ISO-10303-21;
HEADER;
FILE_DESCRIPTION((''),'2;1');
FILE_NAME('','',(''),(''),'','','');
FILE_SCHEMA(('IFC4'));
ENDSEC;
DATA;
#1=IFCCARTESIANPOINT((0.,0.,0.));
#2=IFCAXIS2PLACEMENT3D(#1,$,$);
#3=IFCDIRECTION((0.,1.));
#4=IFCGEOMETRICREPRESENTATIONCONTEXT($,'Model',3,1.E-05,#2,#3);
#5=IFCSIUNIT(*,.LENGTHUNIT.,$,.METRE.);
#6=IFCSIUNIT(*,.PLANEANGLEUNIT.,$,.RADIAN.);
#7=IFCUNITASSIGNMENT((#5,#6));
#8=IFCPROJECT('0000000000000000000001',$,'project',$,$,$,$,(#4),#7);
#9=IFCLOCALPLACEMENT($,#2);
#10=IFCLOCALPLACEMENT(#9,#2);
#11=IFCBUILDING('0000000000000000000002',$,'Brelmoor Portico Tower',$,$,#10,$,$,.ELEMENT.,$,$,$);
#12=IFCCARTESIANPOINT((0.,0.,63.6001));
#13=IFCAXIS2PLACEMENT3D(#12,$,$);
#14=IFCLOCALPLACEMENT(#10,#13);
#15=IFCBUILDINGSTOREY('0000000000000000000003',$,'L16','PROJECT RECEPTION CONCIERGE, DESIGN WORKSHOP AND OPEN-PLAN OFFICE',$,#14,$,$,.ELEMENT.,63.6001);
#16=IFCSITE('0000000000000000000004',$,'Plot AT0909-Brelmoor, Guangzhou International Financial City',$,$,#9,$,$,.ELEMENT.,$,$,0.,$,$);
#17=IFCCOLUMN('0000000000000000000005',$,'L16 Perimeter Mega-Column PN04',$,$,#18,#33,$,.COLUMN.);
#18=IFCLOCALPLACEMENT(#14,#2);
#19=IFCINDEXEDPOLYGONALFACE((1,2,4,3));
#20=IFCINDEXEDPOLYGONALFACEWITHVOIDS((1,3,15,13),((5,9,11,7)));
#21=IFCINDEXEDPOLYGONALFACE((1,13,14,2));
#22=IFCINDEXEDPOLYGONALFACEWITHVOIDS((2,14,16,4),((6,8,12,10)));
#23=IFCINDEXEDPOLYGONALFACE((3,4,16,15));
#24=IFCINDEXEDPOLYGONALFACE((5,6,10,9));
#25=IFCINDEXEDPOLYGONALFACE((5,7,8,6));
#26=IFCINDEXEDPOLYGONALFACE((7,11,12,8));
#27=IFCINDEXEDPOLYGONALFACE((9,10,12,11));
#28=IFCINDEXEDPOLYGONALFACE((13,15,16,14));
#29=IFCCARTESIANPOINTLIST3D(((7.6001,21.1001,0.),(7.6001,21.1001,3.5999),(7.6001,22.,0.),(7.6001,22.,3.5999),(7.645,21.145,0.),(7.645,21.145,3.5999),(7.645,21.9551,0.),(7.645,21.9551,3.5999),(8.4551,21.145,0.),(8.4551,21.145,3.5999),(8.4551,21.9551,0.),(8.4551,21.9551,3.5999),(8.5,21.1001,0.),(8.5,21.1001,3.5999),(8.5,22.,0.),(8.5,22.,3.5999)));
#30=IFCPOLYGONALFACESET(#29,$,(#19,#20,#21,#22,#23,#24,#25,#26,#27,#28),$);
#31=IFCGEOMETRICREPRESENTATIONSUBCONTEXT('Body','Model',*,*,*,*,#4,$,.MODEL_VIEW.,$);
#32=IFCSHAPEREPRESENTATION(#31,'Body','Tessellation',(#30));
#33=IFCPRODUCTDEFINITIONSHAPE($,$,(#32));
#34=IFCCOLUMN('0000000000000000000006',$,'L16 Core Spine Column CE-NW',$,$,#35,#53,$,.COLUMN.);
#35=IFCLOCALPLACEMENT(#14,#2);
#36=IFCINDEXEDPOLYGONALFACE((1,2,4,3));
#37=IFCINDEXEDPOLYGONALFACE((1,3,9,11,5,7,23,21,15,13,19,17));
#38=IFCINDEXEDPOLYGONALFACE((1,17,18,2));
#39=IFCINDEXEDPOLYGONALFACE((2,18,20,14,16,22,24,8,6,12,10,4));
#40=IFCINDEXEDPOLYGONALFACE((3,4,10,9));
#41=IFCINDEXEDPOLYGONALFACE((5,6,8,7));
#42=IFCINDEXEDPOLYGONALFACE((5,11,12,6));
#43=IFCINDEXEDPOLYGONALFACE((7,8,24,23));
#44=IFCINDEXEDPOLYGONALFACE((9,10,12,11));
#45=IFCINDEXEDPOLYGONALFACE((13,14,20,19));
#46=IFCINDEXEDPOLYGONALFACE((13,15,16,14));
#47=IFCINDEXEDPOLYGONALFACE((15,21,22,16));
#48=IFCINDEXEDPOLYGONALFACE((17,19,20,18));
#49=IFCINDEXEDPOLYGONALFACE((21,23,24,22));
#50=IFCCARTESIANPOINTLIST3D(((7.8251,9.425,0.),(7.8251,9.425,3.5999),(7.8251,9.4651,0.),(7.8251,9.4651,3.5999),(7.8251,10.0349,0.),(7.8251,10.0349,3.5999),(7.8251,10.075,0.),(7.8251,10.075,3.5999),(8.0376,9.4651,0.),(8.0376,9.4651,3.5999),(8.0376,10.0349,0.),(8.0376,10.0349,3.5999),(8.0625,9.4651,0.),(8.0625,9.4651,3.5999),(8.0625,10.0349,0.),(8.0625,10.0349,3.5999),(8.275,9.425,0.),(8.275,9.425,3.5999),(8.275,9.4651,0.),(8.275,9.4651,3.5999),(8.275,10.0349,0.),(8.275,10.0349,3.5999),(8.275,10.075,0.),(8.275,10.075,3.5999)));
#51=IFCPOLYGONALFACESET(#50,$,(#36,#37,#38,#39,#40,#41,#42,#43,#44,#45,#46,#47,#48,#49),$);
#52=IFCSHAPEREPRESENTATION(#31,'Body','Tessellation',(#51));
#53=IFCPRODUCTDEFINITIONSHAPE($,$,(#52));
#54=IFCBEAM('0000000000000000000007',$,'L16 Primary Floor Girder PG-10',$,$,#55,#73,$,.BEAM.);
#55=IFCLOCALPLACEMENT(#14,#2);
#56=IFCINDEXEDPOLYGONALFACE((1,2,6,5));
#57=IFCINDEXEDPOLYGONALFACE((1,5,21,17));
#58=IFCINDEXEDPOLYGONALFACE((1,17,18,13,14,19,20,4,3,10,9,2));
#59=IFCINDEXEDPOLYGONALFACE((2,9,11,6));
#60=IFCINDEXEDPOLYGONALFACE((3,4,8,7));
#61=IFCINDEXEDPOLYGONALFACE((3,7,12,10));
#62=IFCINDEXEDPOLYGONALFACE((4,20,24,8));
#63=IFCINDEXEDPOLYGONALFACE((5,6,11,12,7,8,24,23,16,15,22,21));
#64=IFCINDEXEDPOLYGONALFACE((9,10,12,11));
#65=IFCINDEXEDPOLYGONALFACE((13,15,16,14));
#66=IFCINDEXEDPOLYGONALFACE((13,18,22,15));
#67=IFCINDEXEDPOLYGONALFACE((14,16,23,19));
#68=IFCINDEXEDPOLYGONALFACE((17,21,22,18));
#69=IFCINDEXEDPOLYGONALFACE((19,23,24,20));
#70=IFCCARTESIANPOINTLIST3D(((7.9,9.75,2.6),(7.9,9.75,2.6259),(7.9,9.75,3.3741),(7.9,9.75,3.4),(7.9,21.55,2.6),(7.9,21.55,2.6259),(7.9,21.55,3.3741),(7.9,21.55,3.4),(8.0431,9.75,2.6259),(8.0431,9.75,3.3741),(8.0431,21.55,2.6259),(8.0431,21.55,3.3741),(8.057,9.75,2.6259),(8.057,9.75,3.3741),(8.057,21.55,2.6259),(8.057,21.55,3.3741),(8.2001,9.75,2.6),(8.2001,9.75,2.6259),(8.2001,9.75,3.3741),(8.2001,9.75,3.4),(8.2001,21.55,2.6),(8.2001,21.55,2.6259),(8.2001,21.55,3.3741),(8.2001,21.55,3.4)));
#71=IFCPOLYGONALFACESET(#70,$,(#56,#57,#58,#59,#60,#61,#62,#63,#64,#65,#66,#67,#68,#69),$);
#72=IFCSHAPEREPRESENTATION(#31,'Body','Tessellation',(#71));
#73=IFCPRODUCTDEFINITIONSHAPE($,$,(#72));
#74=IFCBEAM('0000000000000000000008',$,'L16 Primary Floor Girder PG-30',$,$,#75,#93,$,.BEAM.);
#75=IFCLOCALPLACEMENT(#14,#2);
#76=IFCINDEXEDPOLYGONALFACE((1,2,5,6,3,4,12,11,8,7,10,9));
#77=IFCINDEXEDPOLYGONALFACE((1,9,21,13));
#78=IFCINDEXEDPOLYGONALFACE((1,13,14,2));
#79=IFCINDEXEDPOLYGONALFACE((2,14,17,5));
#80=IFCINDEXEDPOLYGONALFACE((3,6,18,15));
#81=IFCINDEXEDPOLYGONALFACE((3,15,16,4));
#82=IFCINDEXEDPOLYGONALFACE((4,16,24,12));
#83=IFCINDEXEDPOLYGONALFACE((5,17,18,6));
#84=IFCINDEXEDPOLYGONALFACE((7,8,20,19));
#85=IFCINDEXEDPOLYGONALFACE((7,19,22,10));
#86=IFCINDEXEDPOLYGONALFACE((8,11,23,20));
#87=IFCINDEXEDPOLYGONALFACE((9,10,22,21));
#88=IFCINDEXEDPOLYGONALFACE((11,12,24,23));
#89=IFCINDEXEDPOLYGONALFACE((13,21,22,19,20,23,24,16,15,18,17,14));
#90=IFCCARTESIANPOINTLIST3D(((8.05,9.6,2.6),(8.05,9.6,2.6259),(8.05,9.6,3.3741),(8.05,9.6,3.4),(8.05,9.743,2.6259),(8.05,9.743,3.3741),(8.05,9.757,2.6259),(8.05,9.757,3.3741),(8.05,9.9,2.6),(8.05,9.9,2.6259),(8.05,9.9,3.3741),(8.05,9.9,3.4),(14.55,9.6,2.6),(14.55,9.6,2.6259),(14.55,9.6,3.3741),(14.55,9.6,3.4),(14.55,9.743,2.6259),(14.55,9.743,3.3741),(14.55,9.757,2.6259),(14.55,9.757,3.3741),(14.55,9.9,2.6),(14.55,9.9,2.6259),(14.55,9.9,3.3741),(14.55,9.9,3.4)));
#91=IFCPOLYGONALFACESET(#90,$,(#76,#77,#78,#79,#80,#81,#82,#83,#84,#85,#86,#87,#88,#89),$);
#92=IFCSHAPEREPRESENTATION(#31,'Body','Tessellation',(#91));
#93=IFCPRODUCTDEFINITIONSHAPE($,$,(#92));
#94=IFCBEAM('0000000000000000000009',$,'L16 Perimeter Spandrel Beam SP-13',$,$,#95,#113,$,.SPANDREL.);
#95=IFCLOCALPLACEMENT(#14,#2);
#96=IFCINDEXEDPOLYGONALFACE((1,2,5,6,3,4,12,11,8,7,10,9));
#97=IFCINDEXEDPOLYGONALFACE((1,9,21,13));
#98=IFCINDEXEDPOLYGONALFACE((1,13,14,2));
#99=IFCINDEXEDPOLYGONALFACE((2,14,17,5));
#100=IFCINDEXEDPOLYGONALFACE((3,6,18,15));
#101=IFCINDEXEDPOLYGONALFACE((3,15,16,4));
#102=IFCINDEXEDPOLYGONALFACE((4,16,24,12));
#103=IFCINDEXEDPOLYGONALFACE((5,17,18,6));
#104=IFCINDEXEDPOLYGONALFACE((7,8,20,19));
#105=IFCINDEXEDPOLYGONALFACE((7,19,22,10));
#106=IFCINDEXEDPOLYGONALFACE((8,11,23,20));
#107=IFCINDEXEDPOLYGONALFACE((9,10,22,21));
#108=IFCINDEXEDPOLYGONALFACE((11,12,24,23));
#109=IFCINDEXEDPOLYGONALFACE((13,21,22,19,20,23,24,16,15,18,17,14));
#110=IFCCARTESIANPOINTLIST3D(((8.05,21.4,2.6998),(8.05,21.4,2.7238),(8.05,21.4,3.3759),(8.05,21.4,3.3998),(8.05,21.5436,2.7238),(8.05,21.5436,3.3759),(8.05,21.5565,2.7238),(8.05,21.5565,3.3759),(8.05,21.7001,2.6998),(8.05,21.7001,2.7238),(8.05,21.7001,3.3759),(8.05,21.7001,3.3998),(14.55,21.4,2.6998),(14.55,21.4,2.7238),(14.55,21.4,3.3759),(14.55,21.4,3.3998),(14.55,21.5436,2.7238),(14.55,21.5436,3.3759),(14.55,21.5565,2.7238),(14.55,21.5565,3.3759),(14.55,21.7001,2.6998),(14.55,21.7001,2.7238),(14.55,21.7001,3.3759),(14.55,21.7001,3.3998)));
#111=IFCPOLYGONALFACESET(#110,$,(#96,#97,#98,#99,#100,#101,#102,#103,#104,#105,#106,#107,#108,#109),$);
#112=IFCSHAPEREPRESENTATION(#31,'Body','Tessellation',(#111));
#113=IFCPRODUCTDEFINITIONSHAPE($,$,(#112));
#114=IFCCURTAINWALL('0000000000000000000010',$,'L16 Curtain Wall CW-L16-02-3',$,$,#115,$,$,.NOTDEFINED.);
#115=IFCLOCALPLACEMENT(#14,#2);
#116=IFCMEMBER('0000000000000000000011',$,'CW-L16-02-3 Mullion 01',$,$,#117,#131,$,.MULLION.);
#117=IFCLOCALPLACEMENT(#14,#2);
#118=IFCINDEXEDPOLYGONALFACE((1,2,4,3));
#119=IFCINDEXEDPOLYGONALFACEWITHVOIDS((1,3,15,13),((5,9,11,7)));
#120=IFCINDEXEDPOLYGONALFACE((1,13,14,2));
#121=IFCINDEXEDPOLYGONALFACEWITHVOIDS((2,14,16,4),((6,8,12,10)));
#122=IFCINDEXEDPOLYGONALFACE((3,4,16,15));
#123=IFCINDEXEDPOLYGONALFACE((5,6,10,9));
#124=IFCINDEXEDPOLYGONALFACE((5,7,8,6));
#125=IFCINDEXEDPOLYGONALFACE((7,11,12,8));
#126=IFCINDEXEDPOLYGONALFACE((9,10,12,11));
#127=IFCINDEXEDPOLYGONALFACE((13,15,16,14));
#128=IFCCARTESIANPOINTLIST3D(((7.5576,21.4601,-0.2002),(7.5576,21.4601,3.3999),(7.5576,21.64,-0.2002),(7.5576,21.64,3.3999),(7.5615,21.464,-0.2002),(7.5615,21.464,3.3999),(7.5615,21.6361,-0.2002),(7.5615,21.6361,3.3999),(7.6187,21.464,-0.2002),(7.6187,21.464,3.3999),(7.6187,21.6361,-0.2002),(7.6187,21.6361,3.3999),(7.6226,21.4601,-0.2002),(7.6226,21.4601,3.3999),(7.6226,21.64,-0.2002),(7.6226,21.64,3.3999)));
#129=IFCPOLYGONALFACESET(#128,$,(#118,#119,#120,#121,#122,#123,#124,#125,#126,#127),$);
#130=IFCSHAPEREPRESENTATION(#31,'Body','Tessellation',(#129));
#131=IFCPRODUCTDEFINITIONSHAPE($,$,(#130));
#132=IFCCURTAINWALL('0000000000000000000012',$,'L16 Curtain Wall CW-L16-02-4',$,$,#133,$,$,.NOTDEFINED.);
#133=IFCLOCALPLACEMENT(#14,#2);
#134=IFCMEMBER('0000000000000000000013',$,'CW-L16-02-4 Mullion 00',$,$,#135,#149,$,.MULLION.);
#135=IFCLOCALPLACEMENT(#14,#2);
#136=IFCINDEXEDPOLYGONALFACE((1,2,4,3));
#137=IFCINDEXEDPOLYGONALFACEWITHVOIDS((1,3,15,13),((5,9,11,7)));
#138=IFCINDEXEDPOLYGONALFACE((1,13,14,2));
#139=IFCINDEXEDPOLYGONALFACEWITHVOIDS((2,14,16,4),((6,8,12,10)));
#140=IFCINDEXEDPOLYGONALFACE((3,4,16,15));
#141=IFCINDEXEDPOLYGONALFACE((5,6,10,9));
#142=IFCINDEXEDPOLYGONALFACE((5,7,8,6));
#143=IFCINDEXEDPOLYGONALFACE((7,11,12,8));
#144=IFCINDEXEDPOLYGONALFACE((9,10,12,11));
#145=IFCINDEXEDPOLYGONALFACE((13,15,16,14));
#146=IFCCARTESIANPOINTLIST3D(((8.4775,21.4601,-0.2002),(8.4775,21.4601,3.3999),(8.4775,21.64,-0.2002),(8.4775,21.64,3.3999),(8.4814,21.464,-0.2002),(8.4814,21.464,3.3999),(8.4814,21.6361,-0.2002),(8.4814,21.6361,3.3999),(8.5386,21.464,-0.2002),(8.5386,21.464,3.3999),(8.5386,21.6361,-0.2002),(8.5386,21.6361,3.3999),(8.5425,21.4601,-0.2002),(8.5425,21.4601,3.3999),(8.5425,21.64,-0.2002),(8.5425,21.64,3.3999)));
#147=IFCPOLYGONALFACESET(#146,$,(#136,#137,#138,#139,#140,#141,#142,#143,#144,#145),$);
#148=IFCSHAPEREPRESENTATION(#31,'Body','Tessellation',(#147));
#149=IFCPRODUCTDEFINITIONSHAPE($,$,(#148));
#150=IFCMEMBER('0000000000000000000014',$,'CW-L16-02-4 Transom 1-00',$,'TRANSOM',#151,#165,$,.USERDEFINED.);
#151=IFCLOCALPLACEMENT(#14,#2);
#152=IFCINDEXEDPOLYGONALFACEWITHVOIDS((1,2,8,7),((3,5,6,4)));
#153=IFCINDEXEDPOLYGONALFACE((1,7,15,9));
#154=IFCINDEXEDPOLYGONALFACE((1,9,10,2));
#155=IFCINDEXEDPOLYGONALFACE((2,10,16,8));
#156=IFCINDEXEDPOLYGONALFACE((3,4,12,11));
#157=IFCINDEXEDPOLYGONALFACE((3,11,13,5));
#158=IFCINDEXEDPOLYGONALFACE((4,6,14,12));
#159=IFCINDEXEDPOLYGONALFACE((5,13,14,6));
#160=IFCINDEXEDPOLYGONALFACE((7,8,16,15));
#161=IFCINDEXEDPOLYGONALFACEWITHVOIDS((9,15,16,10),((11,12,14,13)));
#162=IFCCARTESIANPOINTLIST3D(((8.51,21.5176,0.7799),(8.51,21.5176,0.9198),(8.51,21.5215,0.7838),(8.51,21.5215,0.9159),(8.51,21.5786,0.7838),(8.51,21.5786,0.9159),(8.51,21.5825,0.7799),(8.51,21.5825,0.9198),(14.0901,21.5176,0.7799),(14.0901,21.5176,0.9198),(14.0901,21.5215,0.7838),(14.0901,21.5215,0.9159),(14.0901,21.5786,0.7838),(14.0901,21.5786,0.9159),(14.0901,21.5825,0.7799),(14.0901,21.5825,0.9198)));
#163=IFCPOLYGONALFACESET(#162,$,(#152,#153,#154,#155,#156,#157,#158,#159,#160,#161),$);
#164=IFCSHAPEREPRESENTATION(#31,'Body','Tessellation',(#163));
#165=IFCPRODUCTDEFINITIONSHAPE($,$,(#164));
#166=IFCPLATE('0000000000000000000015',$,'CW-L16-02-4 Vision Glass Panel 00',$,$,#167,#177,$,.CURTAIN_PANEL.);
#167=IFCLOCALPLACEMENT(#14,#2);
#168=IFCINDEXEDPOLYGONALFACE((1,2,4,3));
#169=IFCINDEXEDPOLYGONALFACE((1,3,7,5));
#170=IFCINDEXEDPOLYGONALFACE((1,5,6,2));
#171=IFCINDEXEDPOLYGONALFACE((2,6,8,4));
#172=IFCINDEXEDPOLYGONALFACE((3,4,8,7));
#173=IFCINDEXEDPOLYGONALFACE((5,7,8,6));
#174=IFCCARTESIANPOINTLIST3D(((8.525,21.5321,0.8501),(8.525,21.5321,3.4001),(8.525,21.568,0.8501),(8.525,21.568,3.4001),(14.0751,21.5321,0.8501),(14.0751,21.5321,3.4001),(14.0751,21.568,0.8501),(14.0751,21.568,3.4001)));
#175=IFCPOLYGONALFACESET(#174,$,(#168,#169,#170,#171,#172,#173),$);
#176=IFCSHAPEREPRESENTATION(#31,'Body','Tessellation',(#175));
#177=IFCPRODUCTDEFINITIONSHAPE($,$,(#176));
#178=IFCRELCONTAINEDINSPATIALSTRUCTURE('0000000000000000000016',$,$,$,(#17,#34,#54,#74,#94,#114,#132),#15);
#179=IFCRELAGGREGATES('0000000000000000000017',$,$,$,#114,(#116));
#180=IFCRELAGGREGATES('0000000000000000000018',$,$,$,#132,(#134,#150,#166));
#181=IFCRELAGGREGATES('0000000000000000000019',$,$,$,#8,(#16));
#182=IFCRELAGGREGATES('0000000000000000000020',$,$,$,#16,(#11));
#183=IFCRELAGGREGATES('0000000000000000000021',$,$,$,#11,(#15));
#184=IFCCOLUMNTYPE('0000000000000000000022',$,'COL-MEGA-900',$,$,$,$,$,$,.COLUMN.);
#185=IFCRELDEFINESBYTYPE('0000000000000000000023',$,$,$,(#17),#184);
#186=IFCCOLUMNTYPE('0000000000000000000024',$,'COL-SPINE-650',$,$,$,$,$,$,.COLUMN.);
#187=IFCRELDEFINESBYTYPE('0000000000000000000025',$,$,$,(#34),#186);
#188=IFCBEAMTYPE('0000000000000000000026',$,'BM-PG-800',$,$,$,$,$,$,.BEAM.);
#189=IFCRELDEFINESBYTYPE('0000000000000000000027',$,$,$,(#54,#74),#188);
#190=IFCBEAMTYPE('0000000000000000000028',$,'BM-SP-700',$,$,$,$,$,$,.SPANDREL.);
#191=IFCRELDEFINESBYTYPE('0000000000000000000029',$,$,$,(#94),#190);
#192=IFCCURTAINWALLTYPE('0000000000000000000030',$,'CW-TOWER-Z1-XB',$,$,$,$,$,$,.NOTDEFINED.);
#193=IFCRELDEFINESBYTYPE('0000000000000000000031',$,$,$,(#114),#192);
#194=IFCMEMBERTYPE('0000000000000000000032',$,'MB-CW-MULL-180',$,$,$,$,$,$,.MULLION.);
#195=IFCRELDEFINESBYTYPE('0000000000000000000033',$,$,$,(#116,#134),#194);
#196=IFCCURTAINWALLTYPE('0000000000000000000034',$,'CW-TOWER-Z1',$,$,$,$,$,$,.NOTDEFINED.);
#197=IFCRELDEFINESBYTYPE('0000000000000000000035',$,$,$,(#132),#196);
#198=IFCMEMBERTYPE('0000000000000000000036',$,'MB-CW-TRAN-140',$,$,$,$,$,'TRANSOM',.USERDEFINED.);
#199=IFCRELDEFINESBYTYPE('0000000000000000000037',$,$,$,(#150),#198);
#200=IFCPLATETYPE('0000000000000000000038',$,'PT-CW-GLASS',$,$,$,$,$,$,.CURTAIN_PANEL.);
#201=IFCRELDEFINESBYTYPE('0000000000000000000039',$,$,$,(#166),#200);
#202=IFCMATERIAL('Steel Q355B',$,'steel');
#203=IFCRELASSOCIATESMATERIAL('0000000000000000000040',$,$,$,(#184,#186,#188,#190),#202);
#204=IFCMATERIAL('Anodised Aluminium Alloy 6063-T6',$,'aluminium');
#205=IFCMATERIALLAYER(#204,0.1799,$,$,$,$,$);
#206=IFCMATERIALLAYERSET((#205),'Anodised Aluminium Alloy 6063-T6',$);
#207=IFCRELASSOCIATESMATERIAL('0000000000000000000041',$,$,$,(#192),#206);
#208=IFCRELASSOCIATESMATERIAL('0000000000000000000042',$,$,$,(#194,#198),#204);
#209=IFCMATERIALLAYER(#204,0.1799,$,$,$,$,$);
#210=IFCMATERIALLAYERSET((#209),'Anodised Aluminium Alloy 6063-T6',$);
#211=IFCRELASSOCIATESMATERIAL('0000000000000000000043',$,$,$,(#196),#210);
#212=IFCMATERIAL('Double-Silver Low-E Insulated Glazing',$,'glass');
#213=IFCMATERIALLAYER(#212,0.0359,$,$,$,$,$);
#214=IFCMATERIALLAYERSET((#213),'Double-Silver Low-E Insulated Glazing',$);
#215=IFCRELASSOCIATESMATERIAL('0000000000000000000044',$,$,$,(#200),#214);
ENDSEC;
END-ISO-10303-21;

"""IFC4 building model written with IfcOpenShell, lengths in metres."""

from ifc_helpers import new_model, si_unit, direction, frame, origin, origin_2d, place, context, subcontext, project, spatial, rectangle, hollow_rectangle, i_section, extrude, material, layer, layer_set, material_profile, profile_set, type_object, element, aggregate, save


model = new_model("IFC4")

# Units and contexts
model_context = context("Model", 3, precision=1e-05, world=origin(), true_north=direction((0.0, 1.0)))
body_context = subcontext(model_context, "Body", "Model", "MODEL_VIEW")
ifc_project = project(units=[si_unit("LENGTHUNIT", "METRE"), si_unit("PLANEANGLEUNIT", "RADIAN")], contexts=[model_context])

# Site, building, storey
site_placement = place(None, origin())
site = spatial("IfcSite", under=ifc_project, at=site_placement, Name="Plot AT0909-Brelmoor, Guangzhou International Financial City", CompositionType="ELEMENT", RefElevation=0.0)
building_placement = place(site_placement, origin())
building = spatial("IfcBuilding", under=site, at=building_placement, Name="Brelmoor Portico Tower", CompositionType="ELEMENT")
storey_placement = place(building_placement, frame((0.0, 0.0, 63.6001)))
storey = spatial("IfcBuildingStorey", under=building, at=storey_placement, Name="L16", Description="PROJECT RECEPTION CONCIERGE, DESIGN WORKSHOP AND OPEN-PLAN OFFICE", CompositionType="ELEMENT", Elevation=63.6001)

# Columns
ifc_material_1 = material(Name="Steel Q355B", Category="steel")
ifc_material_profile_1 = material_profile(ifc_material_1, hollow_rectangle(XDim=0.8999, YDim=0.8999, WallThickness=0.0449, at=origin_2d()), Name="BOX 900x900x45")
ifc_profile_set_1 = profile_set([ifc_material_profile_1], Name="Steel Q355B")
column_type_1 = type_object("IfcColumnType", Name="COL-MEGA-900", PredefinedType="COLUMN", material=ifc_profile_set_1)
column_1_placement = place(storey_placement, frame((8.05, 21.55, 0.0), z_axis=(0.0, 0.0, 1.0), x_axis=(1.0, 0.0, 0.0)))
element("IfcColumn", 1, at=column_1_placement, inside=storey, type_object=column_type_1, Name="L16 Perimeter Mega-Column PN04", PredefinedType="COLUMN", context=body_context, shape_type="SweptSolid", body=[
    extrude(hollow_rectangle(XDim=0.8999, YDim=0.8999, WallThickness=0.0449, at=origin_2d()), origin(), (0.0, 0.0, 1.0), 3.5999),
])
ifc_material_profile_2 = material_profile(ifc_material_1, i_section(OverallWidth=0.45, OverallDepth=0.6499, WebThickness=0.0249, FlangeThickness=0.04, at=origin_2d()), Name="HW 650x450x25x40")
ifc_profile_set_2 = profile_set([ifc_material_profile_2], Name="Steel Q355B")
column_type_2 = type_object("IfcColumnType", Name="COL-SPINE-650", PredefinedType="COLUMN", material=ifc_profile_set_2)
column_2_placement = place(storey_placement, frame((8.05, 9.75, 0.0), z_axis=(0.0, 0.0, 1.0), x_axis=(1.0, 0.0, 0.0)))
element("IfcColumn", 2, at=column_2_placement, inside=storey, type_object=column_type_2, Name="L16 Core Spine Column CE-NW", PredefinedType="COLUMN", context=body_context, shape_type="SweptSolid", body=[
    extrude(i_section(OverallWidth=0.45, OverallDepth=0.6499, WebThickness=0.0249, FlangeThickness=0.04, at=origin_2d()), origin(), (0.0, 0.0, 1.0), 3.5999),
])

# Beams
ifc_material_profile_3 = material_profile(ifc_material_1, i_section(OverallWidth=0.3, OverallDepth=0.8, WebThickness=0.0139, FlangeThickness=0.0259, at=origin_2d()), Name="HN 800x300x14x26")
ifc_profile_set_3 = profile_set([ifc_material_profile_3], Name="Steel Q355B")
beam_type_1 = type_object("IfcBeamType", Name="BM-PG-800", PredefinedType="BEAM", material=ifc_profile_set_3)
beam_1_placement = place(storey_placement, frame((8.05, 9.75, 3.0), z_axis=(0.0, 1.0, 0.0), x_axis=(-1.0, 0.0, 0.0)))
element("IfcBeam", 3, at=beam_1_placement, inside=storey, type_object=beam_type_1, Name="L16 Primary Floor Girder PG-10", PredefinedType="BEAM", context=body_context, shape_type="SweptSolid", body=[
    extrude(i_section(OverallWidth=0.3, OverallDepth=0.8, WebThickness=0.0139, FlangeThickness=0.0259, at=origin_2d()), origin(), (0.0, 0.0, 1.0), 11.8),
])
beam_2_placement = place(storey_placement, frame((8.05, 9.75, 3.0), z_axis=(1.0, 0.0, 0.0), x_axis=(0.0, 1.0, 0.0)))
element("IfcBeam", 4, at=beam_2_placement, inside=storey, type_object=beam_type_1, Name="L16 Primary Floor Girder PG-30", PredefinedType="BEAM", context=body_context, shape_type="SweptSolid", body=[
    extrude(i_section(OverallWidth=0.3, OverallDepth=0.8, WebThickness=0.0139, FlangeThickness=0.0259, at=origin_2d()), origin(), (0.0, 0.0, 1.0), 6.5),
])
ifc_material_profile_4 = material_profile(ifc_material_1, i_section(OverallWidth=0.3, OverallDepth=0.7, WebThickness=0.0129, FlangeThickness=0.0239, at=origin_2d()), Name="HN 700x300x13x24")
ifc_profile_set_4 = profile_set([ifc_material_profile_4], Name="Steel Q355B")
beam_type_2 = type_object("IfcBeamType", Name="BM-SP-700", PredefinedType="SPANDREL", material=ifc_profile_set_4)
beam_3_placement = place(storey_placement, frame((8.05, 21.55, 3.0498), z_axis=(1.0, 0.0, 0.0), x_axis=(0.0, 1.0, 0.0)))
element("IfcBeam", 5, at=beam_3_placement, inside=storey, type_object=beam_type_2, Name="L16 Perimeter Spandrel Beam SP-13", PredefinedType="SPANDREL", context=body_context, shape_type="SweptSolid", body=[
    extrude(i_section(OverallWidth=0.3, OverallDepth=0.7, WebThickness=0.0129, FlangeThickness=0.0239, at=origin_2d()), origin(), (0.0, 0.0, 1.0), 6.5),
])

# Curtain wall, member
ifc_material_2 = material(Name="Anodised Aluminium Alloy 6063-T6", Category="aluminium")
ifc_layer_1 = layer(ifc_material_2, 0.1799)
ifc_layer_set_1 = layer_set([ifc_layer_1], Name="Anodised Aluminium Alloy 6063-T6")
curtain_wall_type_1 = type_object("IfcCurtainWallType", Name="CW-TOWER-Z1-XB", PredefinedType="NOTDEFINED", material=ifc_layer_set_1)
curtain_wall_1_placement = place(storey_placement, origin())
curtain_wall_1 = element("IfcCurtainWall", 6, at=curtain_wall_1_placement, inside=storey, type_object=curtain_wall_type_1, Name="L16 Curtain Wall CW-L16-02-3", PredefinedType="NOTDEFINED")
ifc_material_profile_5 = material_profile(ifc_material_2, hollow_rectangle(XDim=0.0649, YDim=0.1799, WallThickness=0.0039, at=origin_2d()), Name="ALU MULLION 65x180")
ifc_profile_set_5 = profile_set([ifc_material_profile_5], Name="Anodised Aluminium Alloy 6063-T6")
member_type_1 = type_object("IfcMemberType", Name="MB-CW-MULL-180", PredefinedType="MULLION", material=ifc_profile_set_5)
member_1_placement = place(storey_placement, frame((7.5901, 21.55, -0.2002), z_axis=(0.0, 0.0, 1.0), x_axis=(1.0, 0.0, 0.0)))
member_1 = element("IfcMember", 7, at=member_1_placement, type_object=member_type_1, Name="CW-L16-02-3 Mullion 01", PredefinedType="MULLION", context=body_context, shape_type="SweptSolid", body=[
    extrude(hollow_rectangle(XDim=0.0649, YDim=0.1799, WallThickness=0.0039, at=origin_2d()), origin(), (0.0, 0.0, 1.0), 3.6001),
])

# Curtain wall, members, plate
ifc_layer_2 = layer(ifc_material_2, 0.1799)
ifc_layer_set_2 = layer_set([ifc_layer_2], Name="Anodised Aluminium Alloy 6063-T6")
curtain_wall_type_2 = type_object("IfcCurtainWallType", Name="CW-TOWER-Z1", PredefinedType="NOTDEFINED", material=ifc_layer_set_2)
curtain_wall_2_placement = place(storey_placement, origin())
curtain_wall_2 = element("IfcCurtainWall", 8, at=curtain_wall_2_placement, inside=storey, type_object=curtain_wall_type_2, Name="L16 Curtain Wall CW-L16-02-4", PredefinedType="NOTDEFINED")
member_2_placement = place(storey_placement, frame((8.51, 21.55, -0.2002), z_axis=(0.0, 0.0, 1.0), x_axis=(1.0, 0.0, 0.0)))
member_2 = element("IfcMember", 9, at=member_2_placement, type_object=member_type_1, Name="CW-L16-02-4 Mullion 00", PredefinedType="MULLION", context=body_context, shape_type="SweptSolid", body=[
    extrude(hollow_rectangle(XDim=0.0649, YDim=0.1799, WallThickness=0.0039, at=origin_2d()), origin(), (0.0, 0.0, 1.0), 3.6001),
])
ifc_material_profile_6 = material_profile(ifc_material_2, hollow_rectangle(XDim=0.0649, YDim=0.1399, WallThickness=0.0039, at=origin_2d()), Name="ALU TRANSOM 65x140")
ifc_profile_set_6 = profile_set([ifc_material_profile_6], Name="Anodised Aluminium Alloy 6063-T6")
member_type_2 = type_object("IfcMemberType", Name="MB-CW-TRAN-140", ElementType="TRANSOM", PredefinedType="USERDEFINED", material=ifc_profile_set_6)
member_3_placement = place(storey_placement, frame((8.51, 21.55, 0.8499), z_axis=(1.0, 0.0, 0.0), x_axis=(0.0, 1.0, 0.0)))
member_3 = element("IfcMember", 10, at=member_3_placement, type_object=member_type_2, Name="CW-L16-02-4 Transom 1-00", ObjectType="TRANSOM", PredefinedType="USERDEFINED", context=body_context, shape_type="SweptSolid", body=[
    extrude(hollow_rectangle(XDim=0.0649, YDim=0.1399, WallThickness=0.0039, at=origin_2d()), origin(), (0.0, 0.0, 1.0), 5.5801),
])
ifc_material_3 = material(Name="Double-Silver Low-E Insulated Glazing", Category="glass")
ifc_layer_3 = layer(ifc_material_3, 0.0359)
ifc_layer_set_3 = layer_set([ifc_layer_3], Name="Double-Silver Low-E Insulated Glazing")
plate_type_1 = type_object("IfcPlateType", Name="PT-CW-GLASS", PredefinedType="CURTAIN_PANEL", material=ifc_layer_set_3)
plate_1_placement = place(storey_placement, frame((11.3, 21.55, 0.8501), z_axis=(0.0, 0.0, 1.0), x_axis=(1.0, 0.0, 0.0)))
plate_1 = element("IfcPlate", 11, at=plate_1_placement, type_object=plate_type_1, Name="CW-L16-02-4 Vision Glass Panel 00", PredefinedType="CURTAIN_PANEL", context=body_context, shape_type="SweptSolid", body=[
    extrude(rectangle(XDim=5.55, YDim=0.0359, at=origin_2d()), origin(), (0.0, 0.0, 1.0), 2.55),
])

aggregate(curtain_wall_1, [member_1])
aggregate(curtain_wall_2, [member_2, member_3, plate_1])

save(model, "model.ifc")
